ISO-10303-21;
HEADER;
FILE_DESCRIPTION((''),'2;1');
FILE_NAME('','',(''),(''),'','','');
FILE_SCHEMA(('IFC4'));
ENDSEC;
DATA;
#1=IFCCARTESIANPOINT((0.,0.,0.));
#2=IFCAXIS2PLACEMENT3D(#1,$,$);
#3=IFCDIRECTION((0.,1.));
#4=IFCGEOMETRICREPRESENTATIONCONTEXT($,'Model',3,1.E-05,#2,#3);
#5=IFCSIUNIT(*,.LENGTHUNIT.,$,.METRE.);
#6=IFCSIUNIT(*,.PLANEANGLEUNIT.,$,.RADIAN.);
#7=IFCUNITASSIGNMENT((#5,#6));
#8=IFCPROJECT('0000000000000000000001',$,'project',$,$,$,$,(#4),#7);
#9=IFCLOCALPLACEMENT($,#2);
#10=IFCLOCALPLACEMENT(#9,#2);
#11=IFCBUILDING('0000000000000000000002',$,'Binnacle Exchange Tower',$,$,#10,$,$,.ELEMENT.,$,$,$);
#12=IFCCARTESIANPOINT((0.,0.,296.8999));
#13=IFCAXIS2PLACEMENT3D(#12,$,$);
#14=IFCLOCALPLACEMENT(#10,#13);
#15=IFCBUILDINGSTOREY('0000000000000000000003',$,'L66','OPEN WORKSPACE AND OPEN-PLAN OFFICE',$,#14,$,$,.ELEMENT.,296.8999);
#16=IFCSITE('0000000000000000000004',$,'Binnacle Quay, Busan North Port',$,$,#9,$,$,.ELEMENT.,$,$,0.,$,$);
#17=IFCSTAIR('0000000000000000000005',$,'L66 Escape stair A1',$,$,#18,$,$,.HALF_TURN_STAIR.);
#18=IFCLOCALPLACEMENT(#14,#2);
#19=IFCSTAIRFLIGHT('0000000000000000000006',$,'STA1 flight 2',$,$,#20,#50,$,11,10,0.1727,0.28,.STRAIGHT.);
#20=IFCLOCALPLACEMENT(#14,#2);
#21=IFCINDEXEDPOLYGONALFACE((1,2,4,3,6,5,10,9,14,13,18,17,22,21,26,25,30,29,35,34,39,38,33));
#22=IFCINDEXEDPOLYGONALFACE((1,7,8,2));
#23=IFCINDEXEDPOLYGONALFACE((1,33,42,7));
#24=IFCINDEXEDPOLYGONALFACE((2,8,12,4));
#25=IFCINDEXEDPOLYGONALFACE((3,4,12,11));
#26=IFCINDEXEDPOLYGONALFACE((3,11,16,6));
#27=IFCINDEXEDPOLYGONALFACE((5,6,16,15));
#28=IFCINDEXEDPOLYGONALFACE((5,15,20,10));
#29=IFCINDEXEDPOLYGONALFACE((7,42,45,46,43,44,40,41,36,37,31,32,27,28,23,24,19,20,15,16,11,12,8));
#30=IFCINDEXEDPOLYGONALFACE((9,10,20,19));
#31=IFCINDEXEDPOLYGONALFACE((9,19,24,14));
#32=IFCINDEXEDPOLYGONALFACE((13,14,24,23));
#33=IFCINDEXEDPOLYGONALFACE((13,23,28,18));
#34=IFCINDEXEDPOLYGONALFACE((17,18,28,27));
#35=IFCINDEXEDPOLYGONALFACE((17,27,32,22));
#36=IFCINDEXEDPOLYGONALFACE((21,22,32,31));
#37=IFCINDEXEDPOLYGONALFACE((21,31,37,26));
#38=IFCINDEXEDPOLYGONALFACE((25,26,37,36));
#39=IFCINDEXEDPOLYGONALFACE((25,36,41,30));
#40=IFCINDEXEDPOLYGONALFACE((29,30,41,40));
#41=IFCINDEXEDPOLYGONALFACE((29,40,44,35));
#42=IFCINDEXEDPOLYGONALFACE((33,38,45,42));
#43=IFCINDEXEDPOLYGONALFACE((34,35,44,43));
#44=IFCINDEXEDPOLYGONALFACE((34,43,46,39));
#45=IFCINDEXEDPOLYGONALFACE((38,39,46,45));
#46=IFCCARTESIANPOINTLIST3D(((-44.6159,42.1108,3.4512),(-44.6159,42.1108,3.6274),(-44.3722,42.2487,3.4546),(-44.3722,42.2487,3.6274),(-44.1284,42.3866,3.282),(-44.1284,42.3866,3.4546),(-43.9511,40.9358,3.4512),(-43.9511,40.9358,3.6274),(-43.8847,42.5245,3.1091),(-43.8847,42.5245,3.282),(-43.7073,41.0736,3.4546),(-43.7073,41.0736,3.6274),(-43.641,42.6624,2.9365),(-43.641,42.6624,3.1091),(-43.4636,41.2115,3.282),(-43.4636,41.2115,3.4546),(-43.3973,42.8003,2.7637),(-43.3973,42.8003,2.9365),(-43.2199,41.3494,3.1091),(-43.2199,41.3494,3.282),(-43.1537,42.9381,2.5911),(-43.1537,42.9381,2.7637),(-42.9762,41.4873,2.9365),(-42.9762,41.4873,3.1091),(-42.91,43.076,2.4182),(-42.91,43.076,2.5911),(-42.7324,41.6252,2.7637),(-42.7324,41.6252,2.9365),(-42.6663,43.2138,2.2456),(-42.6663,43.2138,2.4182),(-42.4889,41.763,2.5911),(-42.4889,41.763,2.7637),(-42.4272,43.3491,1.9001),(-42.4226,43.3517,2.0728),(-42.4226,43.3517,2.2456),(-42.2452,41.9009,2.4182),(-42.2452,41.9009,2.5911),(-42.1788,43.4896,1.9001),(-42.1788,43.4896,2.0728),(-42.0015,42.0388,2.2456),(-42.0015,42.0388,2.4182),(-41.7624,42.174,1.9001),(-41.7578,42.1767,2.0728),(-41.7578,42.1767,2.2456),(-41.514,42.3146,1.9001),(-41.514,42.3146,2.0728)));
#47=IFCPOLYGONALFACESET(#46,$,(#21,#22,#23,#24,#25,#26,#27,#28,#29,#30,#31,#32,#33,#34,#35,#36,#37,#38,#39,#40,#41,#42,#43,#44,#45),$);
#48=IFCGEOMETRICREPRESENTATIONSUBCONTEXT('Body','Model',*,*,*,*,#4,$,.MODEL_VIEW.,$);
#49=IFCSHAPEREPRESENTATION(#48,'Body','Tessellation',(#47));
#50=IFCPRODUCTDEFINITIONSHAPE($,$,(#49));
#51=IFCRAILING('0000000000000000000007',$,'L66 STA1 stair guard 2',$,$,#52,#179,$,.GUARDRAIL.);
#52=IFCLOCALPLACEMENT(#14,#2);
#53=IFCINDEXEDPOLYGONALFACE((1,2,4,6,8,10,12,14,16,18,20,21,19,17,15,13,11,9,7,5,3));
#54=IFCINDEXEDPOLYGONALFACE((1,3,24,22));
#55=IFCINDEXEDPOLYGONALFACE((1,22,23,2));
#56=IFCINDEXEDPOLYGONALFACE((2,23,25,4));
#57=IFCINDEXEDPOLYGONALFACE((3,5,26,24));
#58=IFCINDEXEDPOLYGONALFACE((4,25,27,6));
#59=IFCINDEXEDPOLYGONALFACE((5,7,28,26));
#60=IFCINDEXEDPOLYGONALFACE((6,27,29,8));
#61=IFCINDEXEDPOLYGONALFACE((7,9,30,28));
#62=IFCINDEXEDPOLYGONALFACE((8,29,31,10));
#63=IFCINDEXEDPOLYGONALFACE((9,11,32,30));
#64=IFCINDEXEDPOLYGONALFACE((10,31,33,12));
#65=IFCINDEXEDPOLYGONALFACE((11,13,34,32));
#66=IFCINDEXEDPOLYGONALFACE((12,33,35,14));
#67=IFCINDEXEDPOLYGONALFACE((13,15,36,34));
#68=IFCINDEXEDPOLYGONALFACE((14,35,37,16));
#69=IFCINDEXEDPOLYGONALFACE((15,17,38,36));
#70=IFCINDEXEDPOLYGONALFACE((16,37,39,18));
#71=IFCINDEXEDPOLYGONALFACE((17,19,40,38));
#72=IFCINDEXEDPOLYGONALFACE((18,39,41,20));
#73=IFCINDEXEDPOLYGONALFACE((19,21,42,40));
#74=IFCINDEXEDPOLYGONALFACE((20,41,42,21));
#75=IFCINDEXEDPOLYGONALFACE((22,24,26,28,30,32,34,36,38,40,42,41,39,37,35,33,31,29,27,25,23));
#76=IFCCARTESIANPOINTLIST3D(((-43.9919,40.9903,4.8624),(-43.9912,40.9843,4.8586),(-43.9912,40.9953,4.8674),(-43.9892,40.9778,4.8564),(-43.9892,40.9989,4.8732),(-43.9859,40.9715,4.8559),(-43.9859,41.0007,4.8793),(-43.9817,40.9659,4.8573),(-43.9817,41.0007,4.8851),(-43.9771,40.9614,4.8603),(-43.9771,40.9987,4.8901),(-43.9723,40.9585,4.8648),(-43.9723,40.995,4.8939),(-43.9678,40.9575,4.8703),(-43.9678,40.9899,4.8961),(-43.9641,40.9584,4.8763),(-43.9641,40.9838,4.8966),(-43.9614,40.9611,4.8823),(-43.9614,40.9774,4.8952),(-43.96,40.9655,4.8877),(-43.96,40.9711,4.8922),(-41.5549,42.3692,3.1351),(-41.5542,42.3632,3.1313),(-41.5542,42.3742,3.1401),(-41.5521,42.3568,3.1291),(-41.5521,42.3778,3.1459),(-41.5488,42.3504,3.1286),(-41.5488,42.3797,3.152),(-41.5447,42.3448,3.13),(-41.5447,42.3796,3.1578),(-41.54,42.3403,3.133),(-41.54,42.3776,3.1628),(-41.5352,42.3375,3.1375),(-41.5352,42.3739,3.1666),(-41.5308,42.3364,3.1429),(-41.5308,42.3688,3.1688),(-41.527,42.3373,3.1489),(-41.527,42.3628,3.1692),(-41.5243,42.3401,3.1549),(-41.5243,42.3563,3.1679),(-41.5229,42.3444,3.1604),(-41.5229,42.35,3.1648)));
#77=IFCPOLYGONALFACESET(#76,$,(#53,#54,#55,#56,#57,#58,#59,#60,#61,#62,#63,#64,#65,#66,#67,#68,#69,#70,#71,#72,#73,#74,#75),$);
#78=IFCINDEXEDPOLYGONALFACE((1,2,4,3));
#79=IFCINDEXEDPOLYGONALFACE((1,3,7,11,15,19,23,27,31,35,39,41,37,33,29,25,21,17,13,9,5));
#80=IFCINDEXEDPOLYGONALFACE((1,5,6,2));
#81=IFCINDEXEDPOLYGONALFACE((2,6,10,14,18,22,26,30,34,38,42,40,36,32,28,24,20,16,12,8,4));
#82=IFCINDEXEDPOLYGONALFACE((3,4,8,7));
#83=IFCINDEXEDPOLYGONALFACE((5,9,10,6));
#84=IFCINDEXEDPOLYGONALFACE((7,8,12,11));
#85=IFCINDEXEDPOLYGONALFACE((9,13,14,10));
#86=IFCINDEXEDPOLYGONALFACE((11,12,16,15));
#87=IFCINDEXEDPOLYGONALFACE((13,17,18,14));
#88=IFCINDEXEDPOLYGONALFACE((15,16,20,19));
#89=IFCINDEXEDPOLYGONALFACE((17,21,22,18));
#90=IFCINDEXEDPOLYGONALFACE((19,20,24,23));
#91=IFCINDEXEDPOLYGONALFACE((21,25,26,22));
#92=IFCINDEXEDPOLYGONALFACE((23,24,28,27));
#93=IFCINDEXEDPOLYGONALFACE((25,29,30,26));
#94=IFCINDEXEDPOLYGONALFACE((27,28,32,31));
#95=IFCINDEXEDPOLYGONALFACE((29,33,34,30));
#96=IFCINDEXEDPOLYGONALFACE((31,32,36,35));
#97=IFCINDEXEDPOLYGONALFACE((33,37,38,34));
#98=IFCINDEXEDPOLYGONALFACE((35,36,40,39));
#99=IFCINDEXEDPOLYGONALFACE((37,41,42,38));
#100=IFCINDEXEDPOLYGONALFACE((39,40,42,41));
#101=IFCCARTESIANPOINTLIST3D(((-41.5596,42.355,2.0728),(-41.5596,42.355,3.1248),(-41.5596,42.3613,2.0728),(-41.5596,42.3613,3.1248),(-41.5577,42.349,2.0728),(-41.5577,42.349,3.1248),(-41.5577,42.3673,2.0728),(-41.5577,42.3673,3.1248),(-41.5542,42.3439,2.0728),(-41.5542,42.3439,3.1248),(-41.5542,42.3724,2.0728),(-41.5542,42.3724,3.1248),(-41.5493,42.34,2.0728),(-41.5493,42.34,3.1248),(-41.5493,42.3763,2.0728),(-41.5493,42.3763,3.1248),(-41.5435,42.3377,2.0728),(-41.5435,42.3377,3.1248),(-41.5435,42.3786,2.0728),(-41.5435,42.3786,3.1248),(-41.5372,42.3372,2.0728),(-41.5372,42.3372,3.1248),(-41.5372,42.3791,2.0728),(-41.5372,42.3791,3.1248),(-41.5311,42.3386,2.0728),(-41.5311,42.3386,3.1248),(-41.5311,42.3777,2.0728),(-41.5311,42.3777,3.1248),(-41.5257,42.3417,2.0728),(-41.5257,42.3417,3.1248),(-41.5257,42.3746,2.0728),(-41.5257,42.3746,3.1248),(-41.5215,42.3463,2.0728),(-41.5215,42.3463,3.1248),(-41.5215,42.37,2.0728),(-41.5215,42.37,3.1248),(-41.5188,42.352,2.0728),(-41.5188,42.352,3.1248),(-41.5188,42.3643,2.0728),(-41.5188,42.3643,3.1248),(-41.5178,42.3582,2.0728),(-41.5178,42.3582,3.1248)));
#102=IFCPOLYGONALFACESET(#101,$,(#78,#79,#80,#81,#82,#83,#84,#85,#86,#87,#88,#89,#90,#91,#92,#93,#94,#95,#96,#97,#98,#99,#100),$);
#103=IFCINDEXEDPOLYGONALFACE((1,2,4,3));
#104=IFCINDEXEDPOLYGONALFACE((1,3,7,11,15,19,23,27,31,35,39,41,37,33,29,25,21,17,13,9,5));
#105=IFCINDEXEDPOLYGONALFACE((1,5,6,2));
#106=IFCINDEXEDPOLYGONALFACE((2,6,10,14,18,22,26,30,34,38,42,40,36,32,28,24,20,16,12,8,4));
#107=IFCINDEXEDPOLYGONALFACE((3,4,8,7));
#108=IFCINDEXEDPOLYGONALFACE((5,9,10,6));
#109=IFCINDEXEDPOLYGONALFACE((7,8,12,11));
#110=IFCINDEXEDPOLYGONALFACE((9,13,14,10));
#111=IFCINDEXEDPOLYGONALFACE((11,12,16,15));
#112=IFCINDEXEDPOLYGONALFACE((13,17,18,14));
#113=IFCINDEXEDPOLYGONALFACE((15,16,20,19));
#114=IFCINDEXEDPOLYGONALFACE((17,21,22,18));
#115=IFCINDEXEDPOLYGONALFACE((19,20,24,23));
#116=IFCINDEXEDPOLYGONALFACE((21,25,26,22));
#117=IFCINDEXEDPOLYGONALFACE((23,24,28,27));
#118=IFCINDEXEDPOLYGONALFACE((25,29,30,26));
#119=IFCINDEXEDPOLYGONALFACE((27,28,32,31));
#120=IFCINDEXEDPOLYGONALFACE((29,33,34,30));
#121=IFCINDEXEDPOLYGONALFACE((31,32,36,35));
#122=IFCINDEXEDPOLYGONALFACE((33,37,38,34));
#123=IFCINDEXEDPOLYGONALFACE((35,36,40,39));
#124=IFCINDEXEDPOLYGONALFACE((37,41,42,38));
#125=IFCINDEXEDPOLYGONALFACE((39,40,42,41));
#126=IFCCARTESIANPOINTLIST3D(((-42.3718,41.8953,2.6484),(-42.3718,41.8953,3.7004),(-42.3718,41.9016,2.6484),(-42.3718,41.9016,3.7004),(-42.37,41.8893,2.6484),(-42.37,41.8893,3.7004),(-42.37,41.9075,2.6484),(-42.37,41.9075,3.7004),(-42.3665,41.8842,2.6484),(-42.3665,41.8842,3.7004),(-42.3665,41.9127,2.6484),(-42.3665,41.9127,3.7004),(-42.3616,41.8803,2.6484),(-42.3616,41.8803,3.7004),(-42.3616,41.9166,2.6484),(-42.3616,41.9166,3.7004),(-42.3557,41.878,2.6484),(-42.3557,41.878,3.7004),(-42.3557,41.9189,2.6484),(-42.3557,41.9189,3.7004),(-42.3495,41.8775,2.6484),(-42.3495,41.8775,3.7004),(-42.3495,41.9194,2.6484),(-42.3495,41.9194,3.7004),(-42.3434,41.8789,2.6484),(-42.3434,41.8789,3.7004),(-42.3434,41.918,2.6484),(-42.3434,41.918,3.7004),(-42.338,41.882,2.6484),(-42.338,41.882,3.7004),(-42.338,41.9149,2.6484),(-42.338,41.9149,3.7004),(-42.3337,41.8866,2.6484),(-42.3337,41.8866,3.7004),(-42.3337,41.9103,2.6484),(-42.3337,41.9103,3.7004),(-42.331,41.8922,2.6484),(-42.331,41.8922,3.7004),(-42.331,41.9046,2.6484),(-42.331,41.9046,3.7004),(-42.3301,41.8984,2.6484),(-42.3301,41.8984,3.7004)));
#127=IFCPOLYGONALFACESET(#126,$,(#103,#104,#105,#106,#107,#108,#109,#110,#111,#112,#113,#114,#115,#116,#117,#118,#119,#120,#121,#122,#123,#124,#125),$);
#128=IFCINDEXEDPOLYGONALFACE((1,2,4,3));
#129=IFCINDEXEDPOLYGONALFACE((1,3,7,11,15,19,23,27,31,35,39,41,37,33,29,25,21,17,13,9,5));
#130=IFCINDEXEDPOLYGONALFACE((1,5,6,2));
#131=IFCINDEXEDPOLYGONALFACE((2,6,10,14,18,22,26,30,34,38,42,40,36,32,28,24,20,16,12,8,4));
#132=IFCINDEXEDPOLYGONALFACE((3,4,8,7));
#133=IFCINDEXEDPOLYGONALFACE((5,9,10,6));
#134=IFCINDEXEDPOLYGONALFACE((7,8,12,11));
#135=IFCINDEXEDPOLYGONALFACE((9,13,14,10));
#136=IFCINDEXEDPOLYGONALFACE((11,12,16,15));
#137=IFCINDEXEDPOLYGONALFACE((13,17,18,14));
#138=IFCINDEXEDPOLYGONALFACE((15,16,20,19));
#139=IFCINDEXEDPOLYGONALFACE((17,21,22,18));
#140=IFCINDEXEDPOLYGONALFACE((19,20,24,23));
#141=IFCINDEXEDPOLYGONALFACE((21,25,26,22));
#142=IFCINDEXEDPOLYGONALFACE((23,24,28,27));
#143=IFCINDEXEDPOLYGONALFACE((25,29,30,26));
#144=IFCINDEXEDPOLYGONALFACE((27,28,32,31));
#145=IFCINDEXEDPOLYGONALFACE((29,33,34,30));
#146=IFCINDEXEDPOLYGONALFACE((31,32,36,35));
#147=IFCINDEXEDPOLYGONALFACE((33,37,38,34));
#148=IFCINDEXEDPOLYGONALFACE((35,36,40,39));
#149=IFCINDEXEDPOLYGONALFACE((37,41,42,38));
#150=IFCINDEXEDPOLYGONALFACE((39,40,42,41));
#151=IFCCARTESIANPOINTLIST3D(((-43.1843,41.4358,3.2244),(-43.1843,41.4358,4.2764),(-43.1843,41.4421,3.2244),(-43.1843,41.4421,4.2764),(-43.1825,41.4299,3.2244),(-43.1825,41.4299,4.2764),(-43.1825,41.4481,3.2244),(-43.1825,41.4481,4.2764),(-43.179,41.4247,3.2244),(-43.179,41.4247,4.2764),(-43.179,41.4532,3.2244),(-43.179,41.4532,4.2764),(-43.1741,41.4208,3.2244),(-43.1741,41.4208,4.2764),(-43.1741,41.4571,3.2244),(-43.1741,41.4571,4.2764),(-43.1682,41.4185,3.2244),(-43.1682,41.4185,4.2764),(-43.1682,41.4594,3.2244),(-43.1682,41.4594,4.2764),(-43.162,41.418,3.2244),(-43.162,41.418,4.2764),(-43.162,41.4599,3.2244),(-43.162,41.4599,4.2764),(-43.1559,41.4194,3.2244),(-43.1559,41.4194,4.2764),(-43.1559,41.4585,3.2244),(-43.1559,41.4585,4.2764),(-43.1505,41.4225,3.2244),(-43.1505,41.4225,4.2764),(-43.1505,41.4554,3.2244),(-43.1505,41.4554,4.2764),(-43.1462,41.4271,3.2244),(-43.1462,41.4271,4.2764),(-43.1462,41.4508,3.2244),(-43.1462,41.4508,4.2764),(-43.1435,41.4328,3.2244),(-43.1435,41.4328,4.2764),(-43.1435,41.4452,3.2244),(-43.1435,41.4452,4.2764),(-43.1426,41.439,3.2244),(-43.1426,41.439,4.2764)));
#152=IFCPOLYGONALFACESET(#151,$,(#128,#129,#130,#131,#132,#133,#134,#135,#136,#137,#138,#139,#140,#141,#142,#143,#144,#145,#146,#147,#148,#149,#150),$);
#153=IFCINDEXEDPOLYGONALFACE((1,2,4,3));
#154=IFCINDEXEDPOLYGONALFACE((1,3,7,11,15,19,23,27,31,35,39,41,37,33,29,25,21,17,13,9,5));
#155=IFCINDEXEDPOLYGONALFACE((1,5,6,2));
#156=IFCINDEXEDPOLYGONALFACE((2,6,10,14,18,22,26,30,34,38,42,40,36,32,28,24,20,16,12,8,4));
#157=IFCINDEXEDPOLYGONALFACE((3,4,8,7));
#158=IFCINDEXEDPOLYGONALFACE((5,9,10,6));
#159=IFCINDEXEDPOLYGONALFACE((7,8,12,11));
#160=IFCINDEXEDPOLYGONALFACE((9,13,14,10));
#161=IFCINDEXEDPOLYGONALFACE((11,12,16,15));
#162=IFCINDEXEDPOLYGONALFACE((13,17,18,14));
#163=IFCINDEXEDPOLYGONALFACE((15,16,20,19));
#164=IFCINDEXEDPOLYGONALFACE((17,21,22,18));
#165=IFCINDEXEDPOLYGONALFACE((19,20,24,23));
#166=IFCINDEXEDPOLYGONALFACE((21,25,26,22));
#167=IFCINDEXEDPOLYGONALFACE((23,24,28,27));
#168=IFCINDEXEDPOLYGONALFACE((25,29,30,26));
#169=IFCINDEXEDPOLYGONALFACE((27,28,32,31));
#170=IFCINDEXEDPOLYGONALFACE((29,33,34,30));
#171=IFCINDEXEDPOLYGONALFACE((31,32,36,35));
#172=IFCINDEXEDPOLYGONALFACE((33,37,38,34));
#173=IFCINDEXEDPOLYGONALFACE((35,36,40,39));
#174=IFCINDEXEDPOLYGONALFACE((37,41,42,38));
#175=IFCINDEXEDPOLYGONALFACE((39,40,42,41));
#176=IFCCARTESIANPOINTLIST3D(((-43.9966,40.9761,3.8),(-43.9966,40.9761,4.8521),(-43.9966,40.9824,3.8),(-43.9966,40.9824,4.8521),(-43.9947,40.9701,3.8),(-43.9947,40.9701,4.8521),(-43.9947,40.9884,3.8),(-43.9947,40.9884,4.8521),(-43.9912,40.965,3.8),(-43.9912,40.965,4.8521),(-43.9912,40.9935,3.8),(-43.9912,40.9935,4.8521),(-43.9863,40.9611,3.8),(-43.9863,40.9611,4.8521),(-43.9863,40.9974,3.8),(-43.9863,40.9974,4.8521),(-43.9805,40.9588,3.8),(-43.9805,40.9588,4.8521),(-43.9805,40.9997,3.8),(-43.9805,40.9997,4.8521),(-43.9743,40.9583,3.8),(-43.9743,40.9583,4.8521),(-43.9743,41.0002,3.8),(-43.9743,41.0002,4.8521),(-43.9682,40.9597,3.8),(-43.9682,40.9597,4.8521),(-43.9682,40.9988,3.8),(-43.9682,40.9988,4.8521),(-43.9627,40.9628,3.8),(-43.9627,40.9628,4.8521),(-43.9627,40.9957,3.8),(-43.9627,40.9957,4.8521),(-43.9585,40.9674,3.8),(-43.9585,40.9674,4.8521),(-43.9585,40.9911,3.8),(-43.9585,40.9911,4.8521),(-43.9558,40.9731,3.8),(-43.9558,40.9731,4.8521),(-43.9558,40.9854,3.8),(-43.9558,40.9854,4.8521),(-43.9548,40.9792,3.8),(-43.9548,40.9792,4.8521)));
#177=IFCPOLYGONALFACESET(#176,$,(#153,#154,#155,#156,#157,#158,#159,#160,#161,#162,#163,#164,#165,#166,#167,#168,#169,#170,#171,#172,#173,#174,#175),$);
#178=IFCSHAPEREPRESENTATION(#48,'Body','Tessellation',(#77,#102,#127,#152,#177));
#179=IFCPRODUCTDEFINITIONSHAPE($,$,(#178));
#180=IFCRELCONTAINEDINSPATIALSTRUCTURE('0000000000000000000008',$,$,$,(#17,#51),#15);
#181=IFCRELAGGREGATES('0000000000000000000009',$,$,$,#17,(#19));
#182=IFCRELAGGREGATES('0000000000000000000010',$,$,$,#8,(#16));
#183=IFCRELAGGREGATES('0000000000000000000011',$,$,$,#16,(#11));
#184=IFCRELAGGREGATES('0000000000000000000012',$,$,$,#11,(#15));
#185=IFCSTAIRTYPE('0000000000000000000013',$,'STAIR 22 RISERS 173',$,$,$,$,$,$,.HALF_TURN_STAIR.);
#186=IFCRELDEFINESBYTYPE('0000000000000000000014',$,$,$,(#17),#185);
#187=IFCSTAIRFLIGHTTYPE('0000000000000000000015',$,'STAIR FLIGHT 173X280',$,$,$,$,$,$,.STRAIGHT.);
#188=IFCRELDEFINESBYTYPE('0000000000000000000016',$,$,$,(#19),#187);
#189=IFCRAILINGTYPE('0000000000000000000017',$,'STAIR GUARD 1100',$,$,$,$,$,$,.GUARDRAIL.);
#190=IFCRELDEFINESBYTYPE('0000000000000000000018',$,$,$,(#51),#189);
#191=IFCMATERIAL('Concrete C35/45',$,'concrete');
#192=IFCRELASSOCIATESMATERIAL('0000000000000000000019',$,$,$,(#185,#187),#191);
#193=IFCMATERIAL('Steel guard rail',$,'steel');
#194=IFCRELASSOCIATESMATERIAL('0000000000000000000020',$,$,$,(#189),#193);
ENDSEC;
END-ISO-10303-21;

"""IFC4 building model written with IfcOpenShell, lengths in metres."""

from ifc_helpers import new_model, si_unit, direction, frame, origin, origin_2d, place, context, subcontext, project, spatial, polyline, circle, outline, extrude, material, type_object, element, aggregate, save


model = new_model("IFC4")

# Units and contexts
model_context = context("Model", 3, precision=1e-05, world=origin(), true_north=direction((0.0, 1.0)))
body_context = subcontext(model_context, "Body", "Model", "MODEL_VIEW")
ifc_project = project(units=[si_unit("LENGTHUNIT", "METRE"), si_unit("PLANEANGLEUNIT", "RADIAN")], contexts=[model_context])

# Site, building, storey
site_placement = place(None, origin())
site = spatial("IfcSite", under=ifc_project, at=site_placement, Name="Binnacle Quay, Busan North Port", CompositionType="ELEMENT", RefElevation=0.0)
building_placement = place(site_placement, origin())
building = spatial("IfcBuilding", under=site, at=building_placement, Name="Binnacle Exchange Tower", CompositionType="ELEMENT")
storey_placement = place(building_placement, frame((0.0, 0.0, 296.8999)))
storey = spatial("IfcBuildingStorey", under=building, at=storey_placement, Name="L66", Description="OPEN WORKSPACE AND OPEN-PLAN OFFICE", CompositionType="ELEMENT", Elevation=296.8999)

# Stair, stair flight
ifc_material_1 = material(Name="Concrete C35/45", Category="concrete")
stair_type = type_object("IfcStairType", Name="STAIR 22 RISERS 173", PredefinedType="HALF_TURN_STAIR", material=ifc_material_1)
stair_placement = place(storey_placement, origin())
stair = element("IfcStair", 1, at=stair_placement, inside=storey, type_object=stair_type, Name="L66 Escape stair A1", PredefinedType="HALF_TURN_STAIR")
stair_flight_type = type_object("IfcStairFlightType", Name="STAIR FLIGHT 173X280", PredefinedType="STRAIGHT", material=ifc_material_1)
stair_flight_placement = place(storey_placement, frame((-41.8464, 42.9021, 1.9001), z_axis=(0.0, 0.0, 1.0), x_axis=(-0.870356, -0.492424, 0.0)))
stair_flight = element("IfcStairFlight", 2, at=stair_flight_placement, type_object=stair_flight_type, Name="STA1 flight 2", NumberOfRisers=11, NumberOfTreads=10, PredefinedType="STRAIGHT", RiserHeight=0.1727, TreadLength=0.28, context=body_context, shape_type="SweptSolid", body=[
    extrude(outline(polyline([(0.0, 0.0), (0.0, 0.1726), (0.28, 0.1726), (0.28, 0.3455), (0.5601, 0.3455), (0.5601, 0.5181), (0.8401, 0.5181), (0.8401, 0.6909), (1.1201, 0.6909), (1.1201, 0.8635), (1.3999, 0.8635), (1.3999, 1.0364), (1.6799, 1.0364), (1.6799, 1.209), (1.96, 1.209), (1.96, 1.3818), (2.24, 1.3818), (2.24, 1.5544), (2.52, 1.5544), (2.52, 1.7273), (2.8, 1.7273), (2.8, 1.8999), (2.8, 1.551), (0.2854, 0.0), (0.0, 0.0)])), frame((0.0, 0.675, 0.0), z_axis=(0.0, -1.0, 0.0), x_axis=(1.0, 0.0, 0.0)), (0.0, 0.0, 1.0), 1.3501),
])
aggregate(stair, [stair_flight])

# Railing
ifc_material_2 = material(Name="Steel guard rail", Category="steel")
railing_type = type_object("IfcRailingType", Name="STAIR GUARD 1100", PredefinedType="GUARDRAIL", material=ifc_material_2)
railing_placement = place(storey_placement, frame((-41.5388, 42.3582, 2.0728)))
element("IfcRailing", 3, at=railing_placement, inside=storey, type_object=railing_type, Name="L66 STA1 stair guard 2", PredefinedType="GUARDRAIL", context=body_context, shape_type="SweptSolid", body=[
    extrude(circle(Radius=0.0239, at=origin_2d()), frame((0.0, 0.0, 1.0762), z_axis=(-0.740738, -0.419123, 0.525017), x_axis=(0.492454, -0.870339, 0.0)), (0.0, 0.0, 1.0), 3.29),
    extrude(circle(Radius=0.021, at=origin_2d()), origin(), (0.0, 0.0, 1.0), 1.052),
    extrude(circle(Radius=0.021, at=origin_2d()), frame((-0.8123, -0.4597, 0.5757)), (0.0, 0.0, 1.0), 1.052),
    extrude(circle(Radius=0.021, at=origin_2d()), frame((-1.6248, -0.9192, 1.1516)), (0.0, 0.0, 1.0), 1.052),
    extrude(circle(Radius=0.021, at=origin_2d()), frame((-2.437, -1.3789, 1.7273)), (0.0, 0.0, 1.0), 1.052),
])

save(model, "model.ifc")
